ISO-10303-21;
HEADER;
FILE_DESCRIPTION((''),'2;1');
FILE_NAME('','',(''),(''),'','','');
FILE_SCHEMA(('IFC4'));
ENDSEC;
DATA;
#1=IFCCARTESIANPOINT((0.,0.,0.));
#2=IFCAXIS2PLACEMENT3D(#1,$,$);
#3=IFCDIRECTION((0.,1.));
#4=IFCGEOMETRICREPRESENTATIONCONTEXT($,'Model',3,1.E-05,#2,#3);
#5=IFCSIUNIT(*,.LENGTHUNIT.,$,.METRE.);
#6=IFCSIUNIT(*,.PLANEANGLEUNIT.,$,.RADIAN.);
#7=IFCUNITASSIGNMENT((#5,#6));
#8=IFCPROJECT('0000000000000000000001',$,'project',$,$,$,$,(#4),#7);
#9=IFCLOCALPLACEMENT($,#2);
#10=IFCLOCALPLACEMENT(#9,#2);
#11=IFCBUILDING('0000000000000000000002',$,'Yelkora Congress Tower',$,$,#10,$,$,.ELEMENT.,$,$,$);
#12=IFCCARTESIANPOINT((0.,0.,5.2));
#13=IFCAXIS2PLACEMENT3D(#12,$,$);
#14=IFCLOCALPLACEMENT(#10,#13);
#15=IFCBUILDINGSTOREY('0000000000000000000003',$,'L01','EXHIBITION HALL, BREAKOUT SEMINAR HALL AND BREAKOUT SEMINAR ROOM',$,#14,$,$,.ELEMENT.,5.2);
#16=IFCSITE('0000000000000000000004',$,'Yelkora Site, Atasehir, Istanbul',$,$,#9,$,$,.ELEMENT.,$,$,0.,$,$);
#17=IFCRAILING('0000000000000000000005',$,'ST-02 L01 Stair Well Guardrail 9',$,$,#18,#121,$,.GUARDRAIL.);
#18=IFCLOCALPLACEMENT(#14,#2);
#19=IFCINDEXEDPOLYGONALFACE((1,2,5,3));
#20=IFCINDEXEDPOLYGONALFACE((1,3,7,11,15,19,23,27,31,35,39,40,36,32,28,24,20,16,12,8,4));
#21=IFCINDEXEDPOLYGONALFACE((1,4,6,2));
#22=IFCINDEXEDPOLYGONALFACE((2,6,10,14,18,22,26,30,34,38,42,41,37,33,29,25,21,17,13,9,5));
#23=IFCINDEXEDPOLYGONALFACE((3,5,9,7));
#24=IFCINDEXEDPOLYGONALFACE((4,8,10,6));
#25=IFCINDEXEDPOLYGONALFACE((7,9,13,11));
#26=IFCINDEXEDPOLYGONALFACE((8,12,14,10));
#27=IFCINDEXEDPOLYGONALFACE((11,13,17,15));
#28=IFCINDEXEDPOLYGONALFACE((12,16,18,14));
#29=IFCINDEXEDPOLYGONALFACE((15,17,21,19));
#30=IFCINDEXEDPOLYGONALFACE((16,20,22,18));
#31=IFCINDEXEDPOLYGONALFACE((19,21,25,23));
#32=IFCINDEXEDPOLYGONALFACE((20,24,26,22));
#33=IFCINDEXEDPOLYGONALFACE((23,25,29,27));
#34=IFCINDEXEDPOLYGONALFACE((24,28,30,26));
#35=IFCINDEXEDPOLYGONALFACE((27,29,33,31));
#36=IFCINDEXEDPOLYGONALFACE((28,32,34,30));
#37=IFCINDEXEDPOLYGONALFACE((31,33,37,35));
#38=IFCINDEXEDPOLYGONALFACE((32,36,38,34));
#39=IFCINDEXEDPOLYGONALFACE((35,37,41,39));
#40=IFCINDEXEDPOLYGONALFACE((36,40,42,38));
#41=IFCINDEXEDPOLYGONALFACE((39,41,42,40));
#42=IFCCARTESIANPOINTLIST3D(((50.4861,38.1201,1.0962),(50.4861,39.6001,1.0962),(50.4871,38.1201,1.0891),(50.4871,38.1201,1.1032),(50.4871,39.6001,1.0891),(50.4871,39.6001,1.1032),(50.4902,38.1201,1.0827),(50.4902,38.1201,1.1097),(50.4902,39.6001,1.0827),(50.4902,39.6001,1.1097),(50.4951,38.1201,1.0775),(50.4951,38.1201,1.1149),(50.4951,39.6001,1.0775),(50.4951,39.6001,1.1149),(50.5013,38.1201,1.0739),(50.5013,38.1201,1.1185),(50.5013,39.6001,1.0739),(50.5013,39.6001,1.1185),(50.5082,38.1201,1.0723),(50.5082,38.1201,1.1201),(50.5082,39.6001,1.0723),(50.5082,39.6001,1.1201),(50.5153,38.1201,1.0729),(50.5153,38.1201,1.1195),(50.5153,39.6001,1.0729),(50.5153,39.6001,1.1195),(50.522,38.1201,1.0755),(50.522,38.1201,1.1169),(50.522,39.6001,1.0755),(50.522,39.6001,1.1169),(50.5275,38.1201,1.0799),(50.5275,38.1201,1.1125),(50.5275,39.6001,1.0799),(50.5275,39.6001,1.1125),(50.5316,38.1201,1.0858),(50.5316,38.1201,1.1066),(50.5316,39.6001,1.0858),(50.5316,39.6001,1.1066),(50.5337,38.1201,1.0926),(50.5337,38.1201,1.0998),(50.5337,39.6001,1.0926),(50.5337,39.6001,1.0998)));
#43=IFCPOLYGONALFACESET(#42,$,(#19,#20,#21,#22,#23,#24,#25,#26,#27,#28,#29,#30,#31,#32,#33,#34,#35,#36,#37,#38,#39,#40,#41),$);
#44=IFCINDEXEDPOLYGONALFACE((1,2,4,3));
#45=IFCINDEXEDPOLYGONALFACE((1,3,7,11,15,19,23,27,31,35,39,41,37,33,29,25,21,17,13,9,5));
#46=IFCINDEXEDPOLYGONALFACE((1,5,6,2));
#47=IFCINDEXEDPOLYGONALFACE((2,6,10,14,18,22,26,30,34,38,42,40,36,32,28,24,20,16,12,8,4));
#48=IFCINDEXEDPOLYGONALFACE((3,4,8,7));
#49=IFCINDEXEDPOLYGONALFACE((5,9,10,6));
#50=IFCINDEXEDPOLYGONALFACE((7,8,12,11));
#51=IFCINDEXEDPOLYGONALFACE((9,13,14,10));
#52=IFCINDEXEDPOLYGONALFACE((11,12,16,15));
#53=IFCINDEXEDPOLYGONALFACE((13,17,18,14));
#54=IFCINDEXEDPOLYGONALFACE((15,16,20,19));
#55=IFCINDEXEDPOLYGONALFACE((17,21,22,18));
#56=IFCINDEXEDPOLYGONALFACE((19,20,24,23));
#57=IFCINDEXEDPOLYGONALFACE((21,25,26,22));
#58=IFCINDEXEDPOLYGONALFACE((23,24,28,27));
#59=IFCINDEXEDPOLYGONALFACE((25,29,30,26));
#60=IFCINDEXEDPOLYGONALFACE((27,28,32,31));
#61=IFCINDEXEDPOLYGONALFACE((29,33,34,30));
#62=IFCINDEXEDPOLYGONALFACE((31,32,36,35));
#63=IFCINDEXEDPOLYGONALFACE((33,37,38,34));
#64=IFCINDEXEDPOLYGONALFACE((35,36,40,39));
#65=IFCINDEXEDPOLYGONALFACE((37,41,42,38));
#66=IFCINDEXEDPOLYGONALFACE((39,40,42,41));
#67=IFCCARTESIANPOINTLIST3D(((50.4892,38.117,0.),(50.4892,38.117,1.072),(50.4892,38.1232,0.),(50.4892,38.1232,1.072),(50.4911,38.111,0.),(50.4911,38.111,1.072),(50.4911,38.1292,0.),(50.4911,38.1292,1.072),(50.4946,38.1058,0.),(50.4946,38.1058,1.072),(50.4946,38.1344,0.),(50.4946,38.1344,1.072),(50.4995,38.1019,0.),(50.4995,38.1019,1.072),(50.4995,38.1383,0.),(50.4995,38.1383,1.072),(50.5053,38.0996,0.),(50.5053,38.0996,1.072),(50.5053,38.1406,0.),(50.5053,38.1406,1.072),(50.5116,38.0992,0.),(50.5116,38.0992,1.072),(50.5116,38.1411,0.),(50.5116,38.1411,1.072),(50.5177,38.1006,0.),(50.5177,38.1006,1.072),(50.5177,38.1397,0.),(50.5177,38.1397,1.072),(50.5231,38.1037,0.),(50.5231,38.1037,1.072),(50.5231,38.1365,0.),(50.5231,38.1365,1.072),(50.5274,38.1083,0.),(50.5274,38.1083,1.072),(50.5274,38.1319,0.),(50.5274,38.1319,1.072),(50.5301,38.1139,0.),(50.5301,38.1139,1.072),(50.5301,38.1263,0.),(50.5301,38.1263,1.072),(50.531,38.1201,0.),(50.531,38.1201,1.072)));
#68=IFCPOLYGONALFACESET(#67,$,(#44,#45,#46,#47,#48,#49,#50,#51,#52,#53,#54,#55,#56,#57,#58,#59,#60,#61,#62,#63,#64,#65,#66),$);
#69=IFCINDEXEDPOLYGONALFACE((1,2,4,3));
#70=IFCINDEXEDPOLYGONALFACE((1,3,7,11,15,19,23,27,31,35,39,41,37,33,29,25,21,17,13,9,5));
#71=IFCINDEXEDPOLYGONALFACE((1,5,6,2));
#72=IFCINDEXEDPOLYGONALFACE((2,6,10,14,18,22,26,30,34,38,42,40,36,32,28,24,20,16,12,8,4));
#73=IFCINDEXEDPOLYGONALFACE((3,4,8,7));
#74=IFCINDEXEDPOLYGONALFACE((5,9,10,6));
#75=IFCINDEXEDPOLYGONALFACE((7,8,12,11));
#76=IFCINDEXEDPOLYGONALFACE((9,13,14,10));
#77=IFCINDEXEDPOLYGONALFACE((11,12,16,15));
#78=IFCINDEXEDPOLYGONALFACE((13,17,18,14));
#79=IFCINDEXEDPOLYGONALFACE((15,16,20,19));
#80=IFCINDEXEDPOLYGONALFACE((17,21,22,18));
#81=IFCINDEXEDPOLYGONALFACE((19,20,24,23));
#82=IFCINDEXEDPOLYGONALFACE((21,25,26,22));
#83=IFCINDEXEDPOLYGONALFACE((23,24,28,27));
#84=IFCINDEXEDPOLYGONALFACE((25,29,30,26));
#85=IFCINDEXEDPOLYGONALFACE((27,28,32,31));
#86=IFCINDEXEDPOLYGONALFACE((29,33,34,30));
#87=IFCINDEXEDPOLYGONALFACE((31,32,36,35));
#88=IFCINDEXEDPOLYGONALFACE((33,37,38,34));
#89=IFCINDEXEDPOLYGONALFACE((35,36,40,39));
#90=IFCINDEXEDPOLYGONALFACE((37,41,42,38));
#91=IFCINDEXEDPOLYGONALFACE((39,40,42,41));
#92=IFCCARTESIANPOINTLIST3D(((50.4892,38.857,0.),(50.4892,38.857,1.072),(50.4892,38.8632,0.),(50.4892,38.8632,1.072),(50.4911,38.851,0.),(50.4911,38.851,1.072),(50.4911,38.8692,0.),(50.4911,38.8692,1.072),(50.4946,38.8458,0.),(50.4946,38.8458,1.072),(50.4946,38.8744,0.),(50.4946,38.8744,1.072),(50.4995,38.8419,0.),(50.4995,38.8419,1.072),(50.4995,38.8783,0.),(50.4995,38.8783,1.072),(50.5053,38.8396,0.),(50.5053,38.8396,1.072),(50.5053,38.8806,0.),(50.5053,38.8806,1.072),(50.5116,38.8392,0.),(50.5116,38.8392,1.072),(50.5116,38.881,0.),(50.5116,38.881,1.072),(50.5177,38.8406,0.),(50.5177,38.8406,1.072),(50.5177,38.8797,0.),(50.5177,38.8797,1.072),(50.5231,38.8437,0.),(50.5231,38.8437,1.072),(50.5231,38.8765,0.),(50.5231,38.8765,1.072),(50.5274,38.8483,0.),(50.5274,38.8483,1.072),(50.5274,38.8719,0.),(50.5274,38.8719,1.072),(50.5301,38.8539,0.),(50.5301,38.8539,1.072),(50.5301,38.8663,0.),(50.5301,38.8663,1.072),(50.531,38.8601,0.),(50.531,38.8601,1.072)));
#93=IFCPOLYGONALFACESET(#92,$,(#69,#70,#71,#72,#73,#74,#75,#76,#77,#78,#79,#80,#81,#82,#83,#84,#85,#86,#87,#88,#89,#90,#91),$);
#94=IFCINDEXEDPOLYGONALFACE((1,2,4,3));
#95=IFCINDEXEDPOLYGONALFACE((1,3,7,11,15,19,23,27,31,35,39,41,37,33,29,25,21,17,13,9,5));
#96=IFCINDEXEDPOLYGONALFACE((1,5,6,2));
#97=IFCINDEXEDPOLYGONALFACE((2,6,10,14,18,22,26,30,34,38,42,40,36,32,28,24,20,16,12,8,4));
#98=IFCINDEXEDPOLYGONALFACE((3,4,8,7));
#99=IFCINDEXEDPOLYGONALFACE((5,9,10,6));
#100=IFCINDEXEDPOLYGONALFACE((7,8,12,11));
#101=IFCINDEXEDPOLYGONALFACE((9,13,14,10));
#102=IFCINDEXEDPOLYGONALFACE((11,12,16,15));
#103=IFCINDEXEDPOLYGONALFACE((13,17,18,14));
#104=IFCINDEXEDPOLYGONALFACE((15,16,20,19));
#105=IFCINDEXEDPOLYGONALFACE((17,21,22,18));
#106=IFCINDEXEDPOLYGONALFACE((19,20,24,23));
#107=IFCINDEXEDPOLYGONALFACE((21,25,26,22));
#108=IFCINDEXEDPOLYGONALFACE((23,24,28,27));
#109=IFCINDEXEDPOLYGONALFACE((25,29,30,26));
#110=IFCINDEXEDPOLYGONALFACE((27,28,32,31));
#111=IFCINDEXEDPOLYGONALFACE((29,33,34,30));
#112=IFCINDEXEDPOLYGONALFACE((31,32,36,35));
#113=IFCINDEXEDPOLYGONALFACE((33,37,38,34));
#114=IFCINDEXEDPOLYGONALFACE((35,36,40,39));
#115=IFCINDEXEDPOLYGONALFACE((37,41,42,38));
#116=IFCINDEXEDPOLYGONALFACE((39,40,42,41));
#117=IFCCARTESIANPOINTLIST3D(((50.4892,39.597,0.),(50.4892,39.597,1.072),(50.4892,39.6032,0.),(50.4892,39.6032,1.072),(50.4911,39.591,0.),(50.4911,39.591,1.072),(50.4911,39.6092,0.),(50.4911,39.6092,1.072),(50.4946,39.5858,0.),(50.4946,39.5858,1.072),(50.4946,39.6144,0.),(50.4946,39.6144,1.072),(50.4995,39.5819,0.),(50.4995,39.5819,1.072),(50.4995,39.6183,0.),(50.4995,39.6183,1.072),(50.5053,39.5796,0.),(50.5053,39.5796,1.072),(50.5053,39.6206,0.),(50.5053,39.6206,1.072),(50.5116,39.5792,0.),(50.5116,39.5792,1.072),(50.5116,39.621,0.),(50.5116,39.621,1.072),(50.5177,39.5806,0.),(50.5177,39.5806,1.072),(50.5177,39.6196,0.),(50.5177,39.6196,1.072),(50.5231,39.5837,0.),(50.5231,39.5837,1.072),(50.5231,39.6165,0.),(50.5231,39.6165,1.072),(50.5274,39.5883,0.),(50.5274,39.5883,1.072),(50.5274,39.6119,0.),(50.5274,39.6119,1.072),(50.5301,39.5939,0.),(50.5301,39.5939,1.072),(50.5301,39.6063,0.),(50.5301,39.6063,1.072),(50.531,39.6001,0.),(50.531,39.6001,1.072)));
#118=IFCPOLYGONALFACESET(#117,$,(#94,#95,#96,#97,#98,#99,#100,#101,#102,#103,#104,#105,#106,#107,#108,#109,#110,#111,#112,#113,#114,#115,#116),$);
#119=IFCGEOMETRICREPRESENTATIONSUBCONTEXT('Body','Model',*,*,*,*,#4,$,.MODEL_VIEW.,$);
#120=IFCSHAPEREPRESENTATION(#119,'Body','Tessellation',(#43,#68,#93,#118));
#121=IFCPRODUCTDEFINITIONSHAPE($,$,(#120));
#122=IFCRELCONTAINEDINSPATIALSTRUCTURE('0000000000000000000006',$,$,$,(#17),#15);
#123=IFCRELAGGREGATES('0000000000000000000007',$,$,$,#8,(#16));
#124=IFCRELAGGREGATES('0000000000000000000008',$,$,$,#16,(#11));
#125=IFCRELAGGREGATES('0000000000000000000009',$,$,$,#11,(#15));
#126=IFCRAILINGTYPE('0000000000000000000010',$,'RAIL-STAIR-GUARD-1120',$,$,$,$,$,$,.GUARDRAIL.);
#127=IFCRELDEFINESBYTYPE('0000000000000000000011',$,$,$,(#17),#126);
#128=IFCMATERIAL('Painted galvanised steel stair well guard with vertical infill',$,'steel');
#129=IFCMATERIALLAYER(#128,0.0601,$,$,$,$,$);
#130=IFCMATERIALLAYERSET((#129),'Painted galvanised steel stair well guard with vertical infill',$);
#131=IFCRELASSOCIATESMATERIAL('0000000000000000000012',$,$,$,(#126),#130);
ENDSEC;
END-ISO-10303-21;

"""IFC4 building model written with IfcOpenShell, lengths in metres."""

from ifc_helpers import new_model, si_unit, direction, frame, origin, origin_2d, place, context, subcontext, project, spatial, circle, extrude, material, layer, layer_set, type_object, element, save


model = new_model("IFC4")

# Units and contexts
model_context = context("Model", 3, precision=1e-05, world=origin(), true_north=direction((0.0, 1.0)))
body_context = subcontext(model_context, "Body", "Model", "MODEL_VIEW")
ifc_project = project(units=[si_unit("LENGTHUNIT", "METRE"), si_unit("PLANEANGLEUNIT", "RADIAN")], contexts=[model_context])

# Site, building, storey
site_placement = place(None, origin())
site = spatial("IfcSite", under=ifc_project, at=site_placement, Name="Yelkora Site, Atasehir, Istanbul", CompositionType="ELEMENT", RefElevation=0.0)
building_placement = place(site_placement, origin())
building = spatial("IfcBuilding", under=site, at=building_placement, Name="Yelkora Congress Tower", CompositionType="ELEMENT")
storey_placement = place(building_placement, frame((0.0, 0.0, 5.2)))
storey = spatial("IfcBuildingStorey", under=building, at=storey_placement, Name="L01", Description="EXHIBITION HALL, BREAKOUT SEMINAR HALL AND BREAKOUT SEMINAR ROOM", CompositionType="ELEMENT", Elevation=5.2)

# Railing
ifc_material_1 = material(Name="Painted galvanised steel stair well guard with vertical infill", Category="steel")
ifc_layer_1 = layer(ifc_material_1, 0.0601)
ifc_layer_set_1 = layer_set([ifc_layer_1], Name="Painted galvanised steel stair well guard with vertical infill")
railing_type = type_object("IfcRailingType", Name="RAIL-STAIR-GUARD-1120", PredefinedType="GUARDRAIL", material=ifc_layer_set_1)
for number, where, name in (
    (1, (50.51, 38.1201, 0.0), "ST-02 L01 Stair Well Guardrail 9"),
):
    element("IfcRailing", number, at=place(storey_placement, frame(where)), inside=storey, type_object=railing_type, Name=name, PredefinedType="GUARDRAIL", context=body_context, shape_type="SweptSolid", body=[
        extrude(circle(Radius=0.0239, at=origin_2d()), frame((0.0, 0.0, 1.0962), z_axis=(0.0, 1.0, 0.0), x_axis=(-1.0, 0.0, 0.0)), (0.0, 0.0, 1.0), 1.48),
        extrude(circle(Radius=0.021, at=origin_2d()), origin(), (0.0, 0.0, 1.0), 1.072),
        extrude(circle(Radius=0.021, at=origin_2d()), frame((0.0, 0.74, 0.0)), (0.0, 0.0, 1.0), 1.072),
        extrude(circle(Radius=0.021, at=origin_2d()), frame((0.0, 1.48, 0.0)), (0.0, 0.0, 1.0), 1.072),
    ])

save(model, "model.ifc")
